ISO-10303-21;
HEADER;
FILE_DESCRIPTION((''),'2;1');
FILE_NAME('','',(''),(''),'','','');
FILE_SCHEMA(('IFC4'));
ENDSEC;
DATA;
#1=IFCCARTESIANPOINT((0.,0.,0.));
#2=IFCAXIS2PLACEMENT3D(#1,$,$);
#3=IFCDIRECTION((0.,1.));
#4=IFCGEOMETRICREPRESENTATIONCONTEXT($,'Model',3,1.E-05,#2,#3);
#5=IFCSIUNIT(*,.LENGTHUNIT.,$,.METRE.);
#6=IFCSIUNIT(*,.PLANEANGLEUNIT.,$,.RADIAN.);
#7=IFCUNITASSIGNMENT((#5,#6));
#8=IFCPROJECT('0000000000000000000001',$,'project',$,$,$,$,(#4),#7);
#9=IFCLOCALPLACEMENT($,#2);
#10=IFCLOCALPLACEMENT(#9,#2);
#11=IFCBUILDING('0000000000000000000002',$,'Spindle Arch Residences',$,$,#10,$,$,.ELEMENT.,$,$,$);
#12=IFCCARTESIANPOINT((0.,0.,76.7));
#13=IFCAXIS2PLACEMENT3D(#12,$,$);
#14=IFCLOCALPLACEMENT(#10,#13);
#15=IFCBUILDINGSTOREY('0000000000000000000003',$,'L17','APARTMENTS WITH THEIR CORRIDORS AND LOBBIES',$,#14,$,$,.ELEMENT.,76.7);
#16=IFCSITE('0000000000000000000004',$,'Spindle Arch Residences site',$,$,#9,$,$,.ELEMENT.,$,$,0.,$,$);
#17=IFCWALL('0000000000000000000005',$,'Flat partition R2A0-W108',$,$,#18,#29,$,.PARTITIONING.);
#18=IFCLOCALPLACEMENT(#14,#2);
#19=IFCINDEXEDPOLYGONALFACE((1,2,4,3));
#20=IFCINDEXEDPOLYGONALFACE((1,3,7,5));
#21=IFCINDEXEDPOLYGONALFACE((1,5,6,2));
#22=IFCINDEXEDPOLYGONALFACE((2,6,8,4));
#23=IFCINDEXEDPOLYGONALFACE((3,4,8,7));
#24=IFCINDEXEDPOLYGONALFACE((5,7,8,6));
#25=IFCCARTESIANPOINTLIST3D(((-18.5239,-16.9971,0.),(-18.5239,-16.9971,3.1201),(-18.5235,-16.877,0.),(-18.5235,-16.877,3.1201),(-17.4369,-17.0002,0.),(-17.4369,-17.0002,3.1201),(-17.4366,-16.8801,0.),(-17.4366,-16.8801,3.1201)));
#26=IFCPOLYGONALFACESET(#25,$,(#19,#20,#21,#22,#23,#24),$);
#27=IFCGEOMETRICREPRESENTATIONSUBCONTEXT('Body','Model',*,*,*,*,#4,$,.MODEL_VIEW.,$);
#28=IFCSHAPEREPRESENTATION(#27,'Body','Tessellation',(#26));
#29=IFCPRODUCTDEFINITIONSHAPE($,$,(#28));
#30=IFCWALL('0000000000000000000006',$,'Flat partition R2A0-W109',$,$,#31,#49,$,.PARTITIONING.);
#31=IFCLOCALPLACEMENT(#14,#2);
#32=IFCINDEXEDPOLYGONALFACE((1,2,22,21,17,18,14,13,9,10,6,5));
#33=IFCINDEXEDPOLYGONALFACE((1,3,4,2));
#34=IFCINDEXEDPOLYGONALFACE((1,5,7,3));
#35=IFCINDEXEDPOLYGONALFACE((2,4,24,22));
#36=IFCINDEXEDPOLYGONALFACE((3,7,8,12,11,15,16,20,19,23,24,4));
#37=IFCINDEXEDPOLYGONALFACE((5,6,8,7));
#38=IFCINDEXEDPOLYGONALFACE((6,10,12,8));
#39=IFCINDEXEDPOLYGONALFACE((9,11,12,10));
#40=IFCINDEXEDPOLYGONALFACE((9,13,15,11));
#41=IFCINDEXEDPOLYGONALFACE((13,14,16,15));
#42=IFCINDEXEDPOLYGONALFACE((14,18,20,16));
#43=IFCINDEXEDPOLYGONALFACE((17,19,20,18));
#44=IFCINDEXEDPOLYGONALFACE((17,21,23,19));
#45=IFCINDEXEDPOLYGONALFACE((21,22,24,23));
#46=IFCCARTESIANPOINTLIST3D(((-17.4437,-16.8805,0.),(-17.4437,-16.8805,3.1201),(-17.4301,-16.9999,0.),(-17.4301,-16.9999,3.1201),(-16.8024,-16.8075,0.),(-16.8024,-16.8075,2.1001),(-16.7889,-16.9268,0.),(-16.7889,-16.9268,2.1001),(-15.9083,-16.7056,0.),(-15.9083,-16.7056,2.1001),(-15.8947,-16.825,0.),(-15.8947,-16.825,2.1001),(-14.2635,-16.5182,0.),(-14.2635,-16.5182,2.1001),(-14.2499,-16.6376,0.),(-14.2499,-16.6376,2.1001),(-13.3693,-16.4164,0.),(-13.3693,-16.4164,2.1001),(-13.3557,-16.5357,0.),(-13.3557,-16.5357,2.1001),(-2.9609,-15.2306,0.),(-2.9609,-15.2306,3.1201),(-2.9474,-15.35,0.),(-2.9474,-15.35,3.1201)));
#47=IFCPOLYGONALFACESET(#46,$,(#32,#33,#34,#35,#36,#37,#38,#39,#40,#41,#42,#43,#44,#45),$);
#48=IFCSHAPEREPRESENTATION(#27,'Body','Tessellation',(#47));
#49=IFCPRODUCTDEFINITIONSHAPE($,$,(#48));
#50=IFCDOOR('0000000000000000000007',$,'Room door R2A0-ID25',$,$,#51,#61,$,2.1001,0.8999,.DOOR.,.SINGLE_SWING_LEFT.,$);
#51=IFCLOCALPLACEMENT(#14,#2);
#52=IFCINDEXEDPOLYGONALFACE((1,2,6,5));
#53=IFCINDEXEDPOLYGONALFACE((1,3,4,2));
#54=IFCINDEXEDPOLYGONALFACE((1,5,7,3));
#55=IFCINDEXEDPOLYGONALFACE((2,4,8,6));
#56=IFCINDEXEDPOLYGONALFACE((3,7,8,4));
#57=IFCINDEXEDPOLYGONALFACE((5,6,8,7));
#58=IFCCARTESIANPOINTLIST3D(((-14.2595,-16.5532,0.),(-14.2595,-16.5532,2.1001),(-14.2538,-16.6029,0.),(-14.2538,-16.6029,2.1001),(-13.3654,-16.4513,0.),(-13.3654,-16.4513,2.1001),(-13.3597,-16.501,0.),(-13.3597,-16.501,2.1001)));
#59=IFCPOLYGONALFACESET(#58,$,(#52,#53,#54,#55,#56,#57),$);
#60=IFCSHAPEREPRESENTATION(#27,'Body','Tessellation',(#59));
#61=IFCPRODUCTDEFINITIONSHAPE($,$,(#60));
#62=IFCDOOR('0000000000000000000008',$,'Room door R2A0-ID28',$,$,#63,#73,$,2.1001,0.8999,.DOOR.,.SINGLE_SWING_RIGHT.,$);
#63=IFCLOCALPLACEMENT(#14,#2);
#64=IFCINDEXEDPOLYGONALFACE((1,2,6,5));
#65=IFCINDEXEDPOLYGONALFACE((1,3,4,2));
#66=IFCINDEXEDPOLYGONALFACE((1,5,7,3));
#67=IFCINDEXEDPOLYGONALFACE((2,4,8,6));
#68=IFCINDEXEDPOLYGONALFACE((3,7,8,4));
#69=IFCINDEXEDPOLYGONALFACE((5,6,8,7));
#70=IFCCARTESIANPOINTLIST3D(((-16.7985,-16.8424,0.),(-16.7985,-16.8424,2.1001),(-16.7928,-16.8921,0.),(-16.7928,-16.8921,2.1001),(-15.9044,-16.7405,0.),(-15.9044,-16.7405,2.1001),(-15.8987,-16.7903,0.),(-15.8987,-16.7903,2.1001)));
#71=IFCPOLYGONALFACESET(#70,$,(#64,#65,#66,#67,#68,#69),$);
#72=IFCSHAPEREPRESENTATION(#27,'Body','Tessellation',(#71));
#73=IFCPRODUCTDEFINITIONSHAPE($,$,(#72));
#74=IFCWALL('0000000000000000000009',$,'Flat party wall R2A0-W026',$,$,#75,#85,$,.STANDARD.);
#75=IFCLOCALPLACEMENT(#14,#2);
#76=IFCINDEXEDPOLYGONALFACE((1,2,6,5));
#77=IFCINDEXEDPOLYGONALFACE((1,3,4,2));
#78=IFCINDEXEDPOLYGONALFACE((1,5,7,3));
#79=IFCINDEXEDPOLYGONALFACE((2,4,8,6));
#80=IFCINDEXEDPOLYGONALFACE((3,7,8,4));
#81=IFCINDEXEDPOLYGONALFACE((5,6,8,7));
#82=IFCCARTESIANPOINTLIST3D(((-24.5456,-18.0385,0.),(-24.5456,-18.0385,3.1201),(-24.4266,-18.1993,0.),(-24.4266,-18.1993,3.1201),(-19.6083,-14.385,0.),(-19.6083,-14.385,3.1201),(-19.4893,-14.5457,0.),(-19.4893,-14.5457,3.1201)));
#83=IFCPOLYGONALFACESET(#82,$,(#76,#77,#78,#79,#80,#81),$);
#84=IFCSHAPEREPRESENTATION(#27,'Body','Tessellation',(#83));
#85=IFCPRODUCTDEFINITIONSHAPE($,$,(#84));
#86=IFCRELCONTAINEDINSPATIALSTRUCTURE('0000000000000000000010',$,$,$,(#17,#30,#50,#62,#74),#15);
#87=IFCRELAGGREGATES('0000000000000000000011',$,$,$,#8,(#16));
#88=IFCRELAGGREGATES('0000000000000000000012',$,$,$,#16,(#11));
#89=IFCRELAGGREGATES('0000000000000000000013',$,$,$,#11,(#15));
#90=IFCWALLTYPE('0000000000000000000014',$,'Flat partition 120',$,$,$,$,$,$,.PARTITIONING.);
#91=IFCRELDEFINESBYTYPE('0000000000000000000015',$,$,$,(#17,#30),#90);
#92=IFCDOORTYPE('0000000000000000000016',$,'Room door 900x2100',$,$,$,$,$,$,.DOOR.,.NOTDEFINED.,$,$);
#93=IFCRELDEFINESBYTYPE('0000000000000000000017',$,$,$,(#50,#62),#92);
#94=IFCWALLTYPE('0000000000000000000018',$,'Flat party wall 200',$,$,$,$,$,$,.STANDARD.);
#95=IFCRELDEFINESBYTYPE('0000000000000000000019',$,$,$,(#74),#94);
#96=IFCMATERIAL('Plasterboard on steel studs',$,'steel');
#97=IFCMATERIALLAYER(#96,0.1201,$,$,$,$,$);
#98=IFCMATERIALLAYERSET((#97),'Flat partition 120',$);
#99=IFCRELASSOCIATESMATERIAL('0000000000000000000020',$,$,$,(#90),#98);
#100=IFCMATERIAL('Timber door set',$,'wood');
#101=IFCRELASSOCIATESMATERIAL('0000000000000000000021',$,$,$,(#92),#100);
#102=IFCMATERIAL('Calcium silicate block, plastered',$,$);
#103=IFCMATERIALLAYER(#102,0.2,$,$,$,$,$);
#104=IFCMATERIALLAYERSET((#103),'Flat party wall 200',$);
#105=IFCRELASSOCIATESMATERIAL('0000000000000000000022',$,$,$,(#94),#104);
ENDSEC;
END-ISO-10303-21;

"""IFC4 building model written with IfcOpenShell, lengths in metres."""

from ifc_helpers import new_model, si_unit, direction, frame, frame_2d, origin, place, context, subcontext, project, spatial, rectangle, extrude, material, layer, layer_set, type_object, element, fill, save


model = new_model("IFC4")

# Units and contexts
model_context = context("Model", 3, precision=1e-05, world=origin(), true_north=direction((0.0, 1.0)))
body_context = subcontext(model_context, "Body", "Model", "MODEL_VIEW")
ifc_project = project(units=[si_unit("LENGTHUNIT", "METRE"), si_unit("PLANEANGLEUNIT", "RADIAN")], contexts=[model_context])

# Site, building, storey
site_placement = place(None, origin())
site = spatial("IfcSite", under=ifc_project, at=site_placement, Name="Spindle Arch Residences site", CompositionType="ELEMENT", RefElevation=0.0)
building_placement = place(site_placement, origin())
building = spatial("IfcBuilding", under=site, at=building_placement, Name="Spindle Arch Residences", CompositionType="ELEMENT")
storey_placement = place(building_placement, frame((0.0, 0.0, 76.7)))
storey = spatial("IfcBuildingStorey", under=building, at=storey_placement, Name="L17", Description="APARTMENTS WITH THEIR CORRIDORS AND LOBBIES", CompositionType="ELEMENT", Elevation=76.7)

# Wall
ifc_material_1 = material(Name="Plasterboard on steel studs", Category="steel")
ifc_layer_1 = layer(ifc_material_1, 0.1201)
ifc_layer_set_1 = layer_set([ifc_layer_1], Name="Flat partition 120")
wall_type_1 = type_object("IfcWallType", Name="Flat partition 120", PredefinedType="PARTITIONING", material=ifc_layer_set_1)
wall_1_placement = place(storey_placement, frame((-18.5237, -16.937, 0.0), z_axis=(0.0, 0.0, 1.0), x_axis=(0.999996, -0.00292, 0.0)))
element("IfcWall", 1, at=wall_1_placement, inside=storey, type_object=wall_type_1, Name="Flat partition R2A0-W108", PredefinedType="PARTITIONING", context=body_context, shape_type="SweptSolid", body=[
    extrude(rectangle(XDim=1.0869, YDim=0.1201, at=frame_2d((0.5435, 0.0))), origin(), (0.0, 0.0, 1.0), 3.1201),
])

# Wall, openings, doors
wall_2_placement = place(storey_placement, frame((-17.4368, -16.9402, 0.0), z_axis=(0.0, 0.0, 1.0), x_axis=(0.993573, 0.11319, 0.0)))
wall_2 = element("IfcWall", 2, at=wall_2_placement, inside=storey, type_object=wall_type_1, Name="Flat partition R2A0-W109", PredefinedType="PARTITIONING", context=body_context, shape_type="SweptSolid", body=[
    extrude(rectangle(XDim=14.5764, YDim=0.1201, at=frame_2d((7.2881, 0.0))), origin(), (0.0, 0.0, 1.0), 3.1201),
])
opening_1_placement = place(wall_2_placement, frame((3.2007, 0.0, 0.0)))
opening_1 = element("IfcOpeningElement", 3, at=opening_1_placement, cuts=wall_2, PredefinedType="OPENING", context=body_context, shape_type="SweptSolid", body=[
    extrude(rectangle(XDim=0.8999, YDim=2.1001, at=frame_2d((0.45, 1.05))), frame((0.0, 0.0701, 0.0), z_axis=(0.0, -1.0, 0.0), x_axis=(1.0, 0.0, 0.0)), (0.0, 0.0, 1.0), 0.1401),
])
opening_2_placement = place(wall_2_placement, frame((0.6453, 0.0, 0.0)))
opening_2 = element("IfcOpeningElement", 4, at=opening_2_placement, cuts=wall_2, PredefinedType="OPENING", context=body_context, shape_type="SweptSolid", body=[
    extrude(rectangle(XDim=0.8999, YDim=2.1001, at=frame_2d((0.45, 1.05))), frame((0.0, 0.0701, 0.0), z_axis=(0.0, -1.0, 0.0), x_axis=(1.0, 0.0, 0.0)), (0.0, 0.0, 1.0), 0.1401),
])
ifc_material_2 = material(Name="Timber door set", Category="wood")
door_type = type_object("IfcDoorType", Name="Room door 900x2100", OperationType="NOTDEFINED", PredefinedType="DOOR", material=ifc_material_2)
door_1_placement = place(opening_1_placement, origin())
door_1 = element("IfcDoor", 5, at=door_1_placement, inside=storey, type_object=door_type, Name="Room door R2A0-ID25", OperationType="SINGLE_SWING_LEFT", OverallHeight=2.1001, OverallWidth=0.8999, PredefinedType="DOOR", context=body_context, shape_type="SweptSolid", body=[
    extrude(rectangle(XDim=0.8999, YDim=2.1001, at=frame_2d((0.45, 1.05))), frame((0.0, 0.0249, 0.0), z_axis=(0.0, -1.0, 0.0), x_axis=(1.0, 0.0, 0.0)), (0.0, 0.0, 1.0), 0.05),
])
fill(opening_1, door_1)
door_2_placement = place(opening_2_placement, origin())
door_2 = element("IfcDoor", 6, at=door_2_placement, inside=storey, type_object=door_type, Name="Room door R2A0-ID28", OperationType="SINGLE_SWING_RIGHT", OverallHeight=2.1001, OverallWidth=0.8999, PredefinedType="DOOR", context=body_context, shape_type="SweptSolid", body=[
    extrude(rectangle(XDim=0.8999, YDim=2.1001, at=frame_2d((0.45, 1.05))), frame((0.0, 0.0249, 0.0), z_axis=(0.0, -1.0, 0.0), x_axis=(1.0, 0.0, 0.0)), (0.0, 0.0, 1.0), 0.05),
])
fill(opening_2, door_2)

# Wall
ifc_material_3 = material(Name="Calcium silicate block, plastered")
ifc_layer_2 = layer(ifc_material_3, 0.2)
ifc_layer_set_2 = layer_set([ifc_layer_2], Name="Flat party wall 200")
wall_type_2 = type_object("IfcWallType", Name="Flat party wall 200", PredefinedType="STANDARD", material=ifc_layer_set_2)
wall_3_placement = place(storey_placement, frame((-24.4861, -18.1189, 0.0), z_axis=(0.0, 0.0, 1.0), x_axis=(0.803842, 0.594842, 0.0)))
element("IfcWall", 7, at=wall_3_placement, inside=storey, type_object=wall_type_2, Name="Flat party wall R2A0-W026", PredefinedType="STANDARD", context=body_context, shape_type="SweptSolid", body=[
    extrude(rectangle(XDim=6.1421, YDim=0.2, at=frame_2d((3.071, 0.0))), origin(), (0.0, 0.0, 1.0), 3.1201),
])

save(model, "model.ifc")
